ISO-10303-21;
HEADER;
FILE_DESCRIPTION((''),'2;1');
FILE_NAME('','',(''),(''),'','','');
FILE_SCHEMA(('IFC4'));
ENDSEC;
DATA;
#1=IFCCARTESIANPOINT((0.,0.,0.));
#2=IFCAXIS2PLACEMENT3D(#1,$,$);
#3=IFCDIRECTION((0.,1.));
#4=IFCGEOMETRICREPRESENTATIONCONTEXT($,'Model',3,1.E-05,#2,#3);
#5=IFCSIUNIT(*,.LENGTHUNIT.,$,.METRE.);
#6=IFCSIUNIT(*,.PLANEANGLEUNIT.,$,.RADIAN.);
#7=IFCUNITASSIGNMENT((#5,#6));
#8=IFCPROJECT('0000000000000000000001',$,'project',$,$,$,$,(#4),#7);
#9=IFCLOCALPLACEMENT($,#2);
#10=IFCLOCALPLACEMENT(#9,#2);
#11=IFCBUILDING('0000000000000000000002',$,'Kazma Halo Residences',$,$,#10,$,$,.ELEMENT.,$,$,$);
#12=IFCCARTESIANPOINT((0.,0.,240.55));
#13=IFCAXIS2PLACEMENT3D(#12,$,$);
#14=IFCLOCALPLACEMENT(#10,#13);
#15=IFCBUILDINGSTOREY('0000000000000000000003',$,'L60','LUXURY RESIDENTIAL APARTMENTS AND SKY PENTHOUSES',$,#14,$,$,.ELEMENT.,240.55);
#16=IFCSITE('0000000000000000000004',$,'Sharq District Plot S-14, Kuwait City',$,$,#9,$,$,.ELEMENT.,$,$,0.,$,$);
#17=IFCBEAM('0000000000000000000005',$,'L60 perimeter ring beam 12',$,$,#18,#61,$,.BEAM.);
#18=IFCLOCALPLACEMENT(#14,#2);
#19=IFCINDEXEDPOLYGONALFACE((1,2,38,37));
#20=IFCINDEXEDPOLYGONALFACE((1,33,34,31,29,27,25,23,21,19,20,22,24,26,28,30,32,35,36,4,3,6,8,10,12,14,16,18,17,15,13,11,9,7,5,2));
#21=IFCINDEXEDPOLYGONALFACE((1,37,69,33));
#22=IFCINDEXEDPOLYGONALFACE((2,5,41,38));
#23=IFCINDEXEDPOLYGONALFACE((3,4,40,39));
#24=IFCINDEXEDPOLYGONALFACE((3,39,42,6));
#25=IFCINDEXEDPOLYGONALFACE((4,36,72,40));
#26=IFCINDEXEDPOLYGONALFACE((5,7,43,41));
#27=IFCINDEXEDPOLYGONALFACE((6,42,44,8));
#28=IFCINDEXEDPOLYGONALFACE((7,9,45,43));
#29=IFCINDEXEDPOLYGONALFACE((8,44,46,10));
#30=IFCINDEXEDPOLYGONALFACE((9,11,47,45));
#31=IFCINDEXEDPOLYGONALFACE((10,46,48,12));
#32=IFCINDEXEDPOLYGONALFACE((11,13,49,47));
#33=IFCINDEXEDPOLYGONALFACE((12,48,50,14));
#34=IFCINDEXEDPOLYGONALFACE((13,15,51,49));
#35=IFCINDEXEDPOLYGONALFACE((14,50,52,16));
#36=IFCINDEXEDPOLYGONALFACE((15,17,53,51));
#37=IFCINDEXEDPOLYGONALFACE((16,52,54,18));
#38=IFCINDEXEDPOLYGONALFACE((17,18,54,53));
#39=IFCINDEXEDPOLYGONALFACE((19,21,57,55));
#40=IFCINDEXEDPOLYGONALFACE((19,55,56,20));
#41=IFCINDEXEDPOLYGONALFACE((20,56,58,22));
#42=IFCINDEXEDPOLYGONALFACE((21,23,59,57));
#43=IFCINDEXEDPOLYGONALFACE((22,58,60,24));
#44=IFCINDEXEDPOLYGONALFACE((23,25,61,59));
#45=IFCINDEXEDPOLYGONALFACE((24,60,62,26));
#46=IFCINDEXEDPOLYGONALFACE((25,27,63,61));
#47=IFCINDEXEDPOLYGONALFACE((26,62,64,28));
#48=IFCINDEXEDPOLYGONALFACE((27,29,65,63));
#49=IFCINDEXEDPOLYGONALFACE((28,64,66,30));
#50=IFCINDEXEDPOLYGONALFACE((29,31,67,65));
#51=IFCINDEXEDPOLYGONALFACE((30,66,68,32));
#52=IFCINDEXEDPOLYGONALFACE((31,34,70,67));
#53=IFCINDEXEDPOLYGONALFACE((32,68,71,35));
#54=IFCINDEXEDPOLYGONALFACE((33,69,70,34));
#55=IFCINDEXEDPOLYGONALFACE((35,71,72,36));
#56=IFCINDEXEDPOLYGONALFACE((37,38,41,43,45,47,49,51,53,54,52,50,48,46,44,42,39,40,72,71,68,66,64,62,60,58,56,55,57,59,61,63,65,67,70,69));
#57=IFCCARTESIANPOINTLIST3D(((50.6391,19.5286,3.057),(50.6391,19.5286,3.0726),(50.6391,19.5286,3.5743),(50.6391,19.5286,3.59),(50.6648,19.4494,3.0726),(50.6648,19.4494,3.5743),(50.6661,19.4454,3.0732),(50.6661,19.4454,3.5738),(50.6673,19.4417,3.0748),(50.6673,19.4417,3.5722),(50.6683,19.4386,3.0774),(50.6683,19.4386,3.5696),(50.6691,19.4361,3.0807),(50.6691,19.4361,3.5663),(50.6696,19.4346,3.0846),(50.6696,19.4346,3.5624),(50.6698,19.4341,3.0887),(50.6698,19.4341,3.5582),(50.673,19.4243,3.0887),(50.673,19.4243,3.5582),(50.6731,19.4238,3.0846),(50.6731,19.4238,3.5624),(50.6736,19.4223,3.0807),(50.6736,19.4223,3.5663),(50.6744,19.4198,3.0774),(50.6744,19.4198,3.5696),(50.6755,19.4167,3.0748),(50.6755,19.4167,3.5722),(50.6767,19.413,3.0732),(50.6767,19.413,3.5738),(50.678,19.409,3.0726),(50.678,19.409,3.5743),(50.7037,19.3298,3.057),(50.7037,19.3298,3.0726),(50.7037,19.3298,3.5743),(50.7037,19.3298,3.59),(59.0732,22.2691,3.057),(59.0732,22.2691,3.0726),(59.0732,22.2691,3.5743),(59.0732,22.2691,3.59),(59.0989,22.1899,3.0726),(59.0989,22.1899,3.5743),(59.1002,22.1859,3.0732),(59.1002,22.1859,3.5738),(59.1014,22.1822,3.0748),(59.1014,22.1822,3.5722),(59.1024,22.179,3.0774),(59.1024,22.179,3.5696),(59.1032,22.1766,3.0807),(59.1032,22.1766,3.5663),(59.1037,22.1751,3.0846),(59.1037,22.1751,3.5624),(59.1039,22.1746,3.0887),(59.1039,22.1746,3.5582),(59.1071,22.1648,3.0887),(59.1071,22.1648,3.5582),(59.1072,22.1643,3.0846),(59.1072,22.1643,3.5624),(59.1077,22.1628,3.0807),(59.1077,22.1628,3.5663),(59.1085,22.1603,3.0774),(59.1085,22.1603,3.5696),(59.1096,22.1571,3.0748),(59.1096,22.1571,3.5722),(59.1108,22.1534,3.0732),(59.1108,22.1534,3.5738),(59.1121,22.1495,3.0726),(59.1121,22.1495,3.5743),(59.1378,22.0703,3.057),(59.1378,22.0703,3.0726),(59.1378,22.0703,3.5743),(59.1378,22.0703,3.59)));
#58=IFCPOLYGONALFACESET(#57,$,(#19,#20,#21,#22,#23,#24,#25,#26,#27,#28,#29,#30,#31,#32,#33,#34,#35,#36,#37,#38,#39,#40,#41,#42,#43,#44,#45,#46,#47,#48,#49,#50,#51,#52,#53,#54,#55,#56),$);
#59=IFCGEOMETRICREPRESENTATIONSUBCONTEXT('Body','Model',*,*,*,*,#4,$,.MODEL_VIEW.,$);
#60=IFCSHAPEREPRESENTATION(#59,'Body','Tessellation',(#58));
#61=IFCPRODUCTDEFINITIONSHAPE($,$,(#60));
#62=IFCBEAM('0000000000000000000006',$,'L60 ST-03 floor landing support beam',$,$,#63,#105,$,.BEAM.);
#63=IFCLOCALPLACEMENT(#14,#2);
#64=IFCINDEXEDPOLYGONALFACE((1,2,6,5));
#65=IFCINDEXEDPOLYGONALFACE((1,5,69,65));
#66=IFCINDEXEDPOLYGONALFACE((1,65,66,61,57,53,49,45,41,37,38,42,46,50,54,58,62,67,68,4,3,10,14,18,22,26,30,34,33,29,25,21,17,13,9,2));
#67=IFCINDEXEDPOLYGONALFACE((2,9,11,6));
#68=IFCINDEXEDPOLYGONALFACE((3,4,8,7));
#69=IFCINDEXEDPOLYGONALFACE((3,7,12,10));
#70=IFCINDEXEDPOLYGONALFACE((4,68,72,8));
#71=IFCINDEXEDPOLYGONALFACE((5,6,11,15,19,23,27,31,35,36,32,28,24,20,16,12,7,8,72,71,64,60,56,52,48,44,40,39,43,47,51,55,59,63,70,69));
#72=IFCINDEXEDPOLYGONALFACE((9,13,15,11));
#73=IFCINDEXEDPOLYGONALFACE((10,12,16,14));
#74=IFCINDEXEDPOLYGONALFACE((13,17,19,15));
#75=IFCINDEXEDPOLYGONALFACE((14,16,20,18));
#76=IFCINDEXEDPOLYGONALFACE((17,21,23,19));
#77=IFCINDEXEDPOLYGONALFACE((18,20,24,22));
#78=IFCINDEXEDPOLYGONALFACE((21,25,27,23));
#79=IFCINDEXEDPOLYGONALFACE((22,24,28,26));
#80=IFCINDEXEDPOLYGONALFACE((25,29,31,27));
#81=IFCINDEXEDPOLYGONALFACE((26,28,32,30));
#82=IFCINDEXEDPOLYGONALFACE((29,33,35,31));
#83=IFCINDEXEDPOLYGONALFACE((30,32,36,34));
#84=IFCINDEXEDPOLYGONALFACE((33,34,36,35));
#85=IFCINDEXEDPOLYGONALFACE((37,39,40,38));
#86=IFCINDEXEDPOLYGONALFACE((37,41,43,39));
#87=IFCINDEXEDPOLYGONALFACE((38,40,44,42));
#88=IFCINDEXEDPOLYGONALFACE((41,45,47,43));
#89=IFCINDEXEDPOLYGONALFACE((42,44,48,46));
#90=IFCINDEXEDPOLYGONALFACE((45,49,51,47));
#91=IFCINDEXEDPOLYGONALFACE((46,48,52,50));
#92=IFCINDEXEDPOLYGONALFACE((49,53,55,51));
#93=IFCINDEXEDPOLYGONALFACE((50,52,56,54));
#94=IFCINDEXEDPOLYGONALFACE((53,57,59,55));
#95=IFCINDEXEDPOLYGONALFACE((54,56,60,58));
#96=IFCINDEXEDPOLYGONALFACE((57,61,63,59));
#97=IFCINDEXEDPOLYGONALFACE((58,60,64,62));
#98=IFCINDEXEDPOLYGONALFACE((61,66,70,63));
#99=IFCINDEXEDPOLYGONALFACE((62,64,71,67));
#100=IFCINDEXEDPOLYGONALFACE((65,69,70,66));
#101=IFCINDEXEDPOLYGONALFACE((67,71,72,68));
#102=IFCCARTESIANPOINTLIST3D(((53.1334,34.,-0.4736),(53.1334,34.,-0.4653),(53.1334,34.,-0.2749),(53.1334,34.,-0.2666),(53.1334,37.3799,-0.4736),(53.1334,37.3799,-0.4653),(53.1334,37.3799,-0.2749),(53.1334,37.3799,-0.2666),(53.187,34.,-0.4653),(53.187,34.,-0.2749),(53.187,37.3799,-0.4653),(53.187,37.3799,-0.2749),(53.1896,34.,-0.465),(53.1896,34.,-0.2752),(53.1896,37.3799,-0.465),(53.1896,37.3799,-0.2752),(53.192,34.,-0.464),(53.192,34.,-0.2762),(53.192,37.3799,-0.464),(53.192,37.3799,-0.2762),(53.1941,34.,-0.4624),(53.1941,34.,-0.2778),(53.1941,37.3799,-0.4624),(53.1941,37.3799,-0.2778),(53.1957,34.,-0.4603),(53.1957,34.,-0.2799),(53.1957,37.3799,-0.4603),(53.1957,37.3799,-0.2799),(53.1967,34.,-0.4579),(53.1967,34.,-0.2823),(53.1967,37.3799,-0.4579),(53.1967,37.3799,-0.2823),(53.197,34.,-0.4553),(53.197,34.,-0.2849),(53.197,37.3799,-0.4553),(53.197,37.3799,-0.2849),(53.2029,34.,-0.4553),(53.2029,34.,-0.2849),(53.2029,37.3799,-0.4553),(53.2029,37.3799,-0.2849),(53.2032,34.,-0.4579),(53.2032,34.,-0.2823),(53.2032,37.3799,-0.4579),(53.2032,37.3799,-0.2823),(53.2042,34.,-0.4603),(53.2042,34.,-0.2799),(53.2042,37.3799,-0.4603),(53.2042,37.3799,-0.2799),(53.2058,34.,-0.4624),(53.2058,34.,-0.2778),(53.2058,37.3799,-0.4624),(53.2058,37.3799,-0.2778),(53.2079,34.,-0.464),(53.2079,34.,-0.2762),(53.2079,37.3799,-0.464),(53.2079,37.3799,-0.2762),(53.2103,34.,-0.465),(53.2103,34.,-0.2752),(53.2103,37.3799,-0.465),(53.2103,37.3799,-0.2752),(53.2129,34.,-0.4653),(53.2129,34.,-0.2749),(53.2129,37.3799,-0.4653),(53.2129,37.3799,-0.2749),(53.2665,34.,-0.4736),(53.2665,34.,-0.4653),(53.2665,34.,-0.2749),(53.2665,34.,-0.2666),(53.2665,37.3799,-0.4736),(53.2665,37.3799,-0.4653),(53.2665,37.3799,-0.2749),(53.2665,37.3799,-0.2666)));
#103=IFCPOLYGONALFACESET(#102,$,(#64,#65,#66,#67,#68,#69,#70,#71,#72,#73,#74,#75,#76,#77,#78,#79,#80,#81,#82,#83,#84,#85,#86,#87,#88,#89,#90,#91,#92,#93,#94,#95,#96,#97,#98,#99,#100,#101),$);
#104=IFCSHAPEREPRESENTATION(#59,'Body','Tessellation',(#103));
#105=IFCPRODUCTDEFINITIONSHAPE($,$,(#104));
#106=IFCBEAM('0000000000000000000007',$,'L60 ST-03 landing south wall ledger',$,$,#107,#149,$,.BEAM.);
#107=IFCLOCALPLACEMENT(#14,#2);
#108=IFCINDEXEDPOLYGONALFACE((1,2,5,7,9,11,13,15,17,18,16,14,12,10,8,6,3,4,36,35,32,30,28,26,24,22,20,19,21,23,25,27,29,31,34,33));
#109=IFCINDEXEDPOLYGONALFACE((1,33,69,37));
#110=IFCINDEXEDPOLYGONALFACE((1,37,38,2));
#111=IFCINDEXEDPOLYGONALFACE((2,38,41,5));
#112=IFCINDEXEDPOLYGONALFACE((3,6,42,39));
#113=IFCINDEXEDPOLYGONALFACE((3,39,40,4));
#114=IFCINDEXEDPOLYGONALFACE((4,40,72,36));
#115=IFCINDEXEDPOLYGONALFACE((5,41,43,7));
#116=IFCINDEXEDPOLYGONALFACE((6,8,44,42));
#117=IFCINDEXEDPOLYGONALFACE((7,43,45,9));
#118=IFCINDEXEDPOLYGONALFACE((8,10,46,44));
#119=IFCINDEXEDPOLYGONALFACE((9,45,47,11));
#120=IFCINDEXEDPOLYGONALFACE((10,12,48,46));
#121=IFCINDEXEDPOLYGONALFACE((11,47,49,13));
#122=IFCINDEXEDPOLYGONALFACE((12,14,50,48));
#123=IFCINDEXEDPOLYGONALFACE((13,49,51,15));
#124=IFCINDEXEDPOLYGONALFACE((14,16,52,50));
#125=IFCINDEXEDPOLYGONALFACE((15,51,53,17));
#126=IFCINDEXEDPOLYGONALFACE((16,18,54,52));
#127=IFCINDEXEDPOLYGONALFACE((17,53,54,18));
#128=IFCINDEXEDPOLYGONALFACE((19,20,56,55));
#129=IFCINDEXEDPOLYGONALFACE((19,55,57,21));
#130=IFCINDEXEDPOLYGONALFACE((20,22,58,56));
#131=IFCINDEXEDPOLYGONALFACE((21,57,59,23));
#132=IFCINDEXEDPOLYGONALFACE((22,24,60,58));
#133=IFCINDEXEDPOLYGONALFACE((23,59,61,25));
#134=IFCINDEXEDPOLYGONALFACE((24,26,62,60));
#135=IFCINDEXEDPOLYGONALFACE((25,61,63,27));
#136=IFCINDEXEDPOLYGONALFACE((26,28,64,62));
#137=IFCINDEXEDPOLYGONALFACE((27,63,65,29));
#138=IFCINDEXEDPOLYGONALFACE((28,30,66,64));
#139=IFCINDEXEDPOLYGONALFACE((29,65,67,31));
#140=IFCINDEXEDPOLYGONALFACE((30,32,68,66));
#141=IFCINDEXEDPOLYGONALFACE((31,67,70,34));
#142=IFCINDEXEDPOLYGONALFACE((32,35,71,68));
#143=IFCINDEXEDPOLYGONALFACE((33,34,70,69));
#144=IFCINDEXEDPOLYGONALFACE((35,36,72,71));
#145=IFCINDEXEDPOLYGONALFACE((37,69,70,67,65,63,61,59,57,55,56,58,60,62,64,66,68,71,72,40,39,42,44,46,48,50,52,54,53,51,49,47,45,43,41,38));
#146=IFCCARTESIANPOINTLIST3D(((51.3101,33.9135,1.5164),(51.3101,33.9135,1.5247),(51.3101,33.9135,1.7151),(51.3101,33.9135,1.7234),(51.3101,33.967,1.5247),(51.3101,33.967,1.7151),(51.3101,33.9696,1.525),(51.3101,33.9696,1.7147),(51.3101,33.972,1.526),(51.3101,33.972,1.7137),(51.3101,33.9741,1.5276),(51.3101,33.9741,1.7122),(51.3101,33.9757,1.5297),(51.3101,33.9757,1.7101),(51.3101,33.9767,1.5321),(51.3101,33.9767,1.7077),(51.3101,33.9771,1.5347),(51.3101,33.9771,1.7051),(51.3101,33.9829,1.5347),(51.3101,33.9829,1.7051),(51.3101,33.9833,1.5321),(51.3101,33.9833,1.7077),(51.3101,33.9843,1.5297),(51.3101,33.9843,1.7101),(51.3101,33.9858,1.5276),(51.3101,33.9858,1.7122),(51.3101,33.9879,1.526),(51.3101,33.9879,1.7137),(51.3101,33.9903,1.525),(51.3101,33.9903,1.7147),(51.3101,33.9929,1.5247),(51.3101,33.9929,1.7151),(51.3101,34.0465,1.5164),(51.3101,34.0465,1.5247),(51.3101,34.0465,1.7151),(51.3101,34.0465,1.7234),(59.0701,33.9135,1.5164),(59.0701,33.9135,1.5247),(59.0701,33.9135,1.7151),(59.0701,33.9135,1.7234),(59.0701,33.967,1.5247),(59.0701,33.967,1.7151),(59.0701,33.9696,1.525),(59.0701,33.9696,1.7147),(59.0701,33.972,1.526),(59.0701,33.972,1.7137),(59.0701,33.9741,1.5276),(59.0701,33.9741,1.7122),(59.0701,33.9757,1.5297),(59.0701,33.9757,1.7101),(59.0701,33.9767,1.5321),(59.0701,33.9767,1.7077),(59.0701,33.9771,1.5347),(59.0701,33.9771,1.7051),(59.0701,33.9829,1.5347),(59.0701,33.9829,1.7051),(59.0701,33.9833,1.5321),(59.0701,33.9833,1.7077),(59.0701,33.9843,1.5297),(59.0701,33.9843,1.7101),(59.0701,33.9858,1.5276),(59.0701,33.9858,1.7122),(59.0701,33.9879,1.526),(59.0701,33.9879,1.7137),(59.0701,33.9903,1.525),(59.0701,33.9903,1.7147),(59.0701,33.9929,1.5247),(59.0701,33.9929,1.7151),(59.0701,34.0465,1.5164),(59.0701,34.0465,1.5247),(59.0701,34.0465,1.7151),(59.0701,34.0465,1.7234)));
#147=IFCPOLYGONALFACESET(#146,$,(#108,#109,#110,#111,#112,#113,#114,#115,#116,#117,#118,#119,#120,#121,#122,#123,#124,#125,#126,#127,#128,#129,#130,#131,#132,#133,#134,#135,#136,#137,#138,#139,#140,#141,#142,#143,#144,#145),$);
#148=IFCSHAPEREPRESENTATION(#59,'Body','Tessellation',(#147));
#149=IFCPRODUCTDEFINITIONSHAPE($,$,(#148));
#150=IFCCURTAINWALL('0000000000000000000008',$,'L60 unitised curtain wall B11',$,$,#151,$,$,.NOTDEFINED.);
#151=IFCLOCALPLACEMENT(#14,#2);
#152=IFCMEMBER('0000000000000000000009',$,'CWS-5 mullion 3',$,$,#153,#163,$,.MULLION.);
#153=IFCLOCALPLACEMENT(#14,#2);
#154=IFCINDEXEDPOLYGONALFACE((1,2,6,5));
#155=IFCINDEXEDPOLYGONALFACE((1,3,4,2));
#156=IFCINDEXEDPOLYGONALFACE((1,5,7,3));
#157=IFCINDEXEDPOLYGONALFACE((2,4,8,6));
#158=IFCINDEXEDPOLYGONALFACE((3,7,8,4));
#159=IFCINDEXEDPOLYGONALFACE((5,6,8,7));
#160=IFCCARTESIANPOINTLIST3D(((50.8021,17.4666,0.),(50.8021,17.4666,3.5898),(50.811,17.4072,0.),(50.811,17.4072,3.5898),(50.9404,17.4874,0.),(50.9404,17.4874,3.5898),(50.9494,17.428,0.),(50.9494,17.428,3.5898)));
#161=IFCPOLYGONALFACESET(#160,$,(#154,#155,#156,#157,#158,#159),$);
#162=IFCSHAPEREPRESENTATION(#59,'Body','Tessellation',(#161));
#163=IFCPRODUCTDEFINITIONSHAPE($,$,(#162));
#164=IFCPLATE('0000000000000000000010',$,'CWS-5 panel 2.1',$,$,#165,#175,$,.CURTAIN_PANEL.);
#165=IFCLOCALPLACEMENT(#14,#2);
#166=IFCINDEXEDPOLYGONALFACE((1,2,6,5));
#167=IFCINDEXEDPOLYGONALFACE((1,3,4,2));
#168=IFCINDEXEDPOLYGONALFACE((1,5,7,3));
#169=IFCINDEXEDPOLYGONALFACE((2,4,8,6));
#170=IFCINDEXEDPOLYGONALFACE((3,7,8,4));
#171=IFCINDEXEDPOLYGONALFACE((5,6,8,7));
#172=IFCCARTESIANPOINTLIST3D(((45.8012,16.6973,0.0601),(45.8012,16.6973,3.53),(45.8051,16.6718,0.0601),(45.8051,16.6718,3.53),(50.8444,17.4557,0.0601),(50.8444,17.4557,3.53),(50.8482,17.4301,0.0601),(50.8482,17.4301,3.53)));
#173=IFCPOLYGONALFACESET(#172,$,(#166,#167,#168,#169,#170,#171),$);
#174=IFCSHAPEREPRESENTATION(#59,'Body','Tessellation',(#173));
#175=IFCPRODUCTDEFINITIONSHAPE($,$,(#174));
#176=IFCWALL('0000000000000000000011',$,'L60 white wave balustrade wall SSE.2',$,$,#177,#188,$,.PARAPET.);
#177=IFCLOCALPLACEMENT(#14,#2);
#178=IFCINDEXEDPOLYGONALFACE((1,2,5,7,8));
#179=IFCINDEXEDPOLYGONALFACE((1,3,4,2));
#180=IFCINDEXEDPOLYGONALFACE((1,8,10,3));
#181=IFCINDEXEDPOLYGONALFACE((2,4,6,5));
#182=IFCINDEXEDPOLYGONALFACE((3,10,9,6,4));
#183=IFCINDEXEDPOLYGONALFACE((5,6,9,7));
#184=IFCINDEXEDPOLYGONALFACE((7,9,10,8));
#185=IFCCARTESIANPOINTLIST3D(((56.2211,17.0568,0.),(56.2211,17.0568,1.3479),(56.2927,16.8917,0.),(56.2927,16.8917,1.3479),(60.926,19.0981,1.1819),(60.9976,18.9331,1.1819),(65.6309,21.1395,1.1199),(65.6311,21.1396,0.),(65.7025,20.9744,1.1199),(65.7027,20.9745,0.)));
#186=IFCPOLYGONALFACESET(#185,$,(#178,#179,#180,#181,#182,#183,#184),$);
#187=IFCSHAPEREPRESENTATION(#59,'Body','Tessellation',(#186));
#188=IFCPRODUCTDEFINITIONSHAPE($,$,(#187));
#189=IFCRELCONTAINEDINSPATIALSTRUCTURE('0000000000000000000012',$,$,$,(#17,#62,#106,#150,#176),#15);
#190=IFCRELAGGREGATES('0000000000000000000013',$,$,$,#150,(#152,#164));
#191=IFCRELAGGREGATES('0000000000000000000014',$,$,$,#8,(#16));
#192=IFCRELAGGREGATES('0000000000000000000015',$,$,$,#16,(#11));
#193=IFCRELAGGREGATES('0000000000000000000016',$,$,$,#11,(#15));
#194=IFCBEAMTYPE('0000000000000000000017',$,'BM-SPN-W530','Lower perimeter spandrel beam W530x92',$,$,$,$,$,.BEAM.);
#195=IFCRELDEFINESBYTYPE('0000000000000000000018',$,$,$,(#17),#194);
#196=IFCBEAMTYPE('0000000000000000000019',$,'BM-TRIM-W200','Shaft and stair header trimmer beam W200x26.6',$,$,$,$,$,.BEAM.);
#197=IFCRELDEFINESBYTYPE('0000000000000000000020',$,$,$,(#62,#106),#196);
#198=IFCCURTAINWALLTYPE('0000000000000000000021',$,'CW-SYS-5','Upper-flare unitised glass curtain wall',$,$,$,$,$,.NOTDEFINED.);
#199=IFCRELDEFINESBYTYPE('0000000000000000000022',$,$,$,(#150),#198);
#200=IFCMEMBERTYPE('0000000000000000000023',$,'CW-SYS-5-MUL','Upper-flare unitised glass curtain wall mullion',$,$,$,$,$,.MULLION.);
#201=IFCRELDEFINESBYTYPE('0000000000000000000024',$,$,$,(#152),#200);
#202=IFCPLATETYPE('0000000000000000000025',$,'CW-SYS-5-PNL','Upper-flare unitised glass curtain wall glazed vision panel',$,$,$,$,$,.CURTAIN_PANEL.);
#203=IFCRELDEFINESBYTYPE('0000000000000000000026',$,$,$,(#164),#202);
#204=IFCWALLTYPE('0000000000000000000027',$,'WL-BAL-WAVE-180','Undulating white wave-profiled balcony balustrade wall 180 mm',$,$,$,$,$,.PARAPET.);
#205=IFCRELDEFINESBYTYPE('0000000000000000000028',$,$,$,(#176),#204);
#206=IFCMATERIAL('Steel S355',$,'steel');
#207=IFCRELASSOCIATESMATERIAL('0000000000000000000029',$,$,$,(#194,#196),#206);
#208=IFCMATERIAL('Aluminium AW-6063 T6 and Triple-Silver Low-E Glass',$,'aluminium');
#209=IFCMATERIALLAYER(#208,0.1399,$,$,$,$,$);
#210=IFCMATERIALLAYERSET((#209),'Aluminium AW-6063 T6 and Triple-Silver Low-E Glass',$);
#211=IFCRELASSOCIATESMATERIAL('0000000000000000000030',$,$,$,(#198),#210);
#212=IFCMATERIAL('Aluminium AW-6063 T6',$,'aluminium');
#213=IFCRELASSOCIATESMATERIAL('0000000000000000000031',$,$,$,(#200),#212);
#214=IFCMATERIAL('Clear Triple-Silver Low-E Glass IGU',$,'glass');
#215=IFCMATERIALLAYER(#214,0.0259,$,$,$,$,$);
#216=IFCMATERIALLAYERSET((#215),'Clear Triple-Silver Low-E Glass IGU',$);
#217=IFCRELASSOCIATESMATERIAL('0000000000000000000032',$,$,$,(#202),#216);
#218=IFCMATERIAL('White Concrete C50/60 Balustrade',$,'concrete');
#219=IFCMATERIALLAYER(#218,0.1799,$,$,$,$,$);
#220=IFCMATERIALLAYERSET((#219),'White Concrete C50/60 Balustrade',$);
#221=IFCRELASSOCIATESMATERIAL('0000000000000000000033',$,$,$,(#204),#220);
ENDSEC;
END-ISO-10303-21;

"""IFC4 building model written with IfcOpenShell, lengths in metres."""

from ifc_helpers import new_model, si_unit, direction, frame, origin, origin_2d, place, context, subcontext, project, spatial, polyline, rectangle, i_section, outline, extrude, material, layer, layer_set, material_profile, profile_set, type_object, element, aggregate, save


model = new_model("IFC4")

# Units and contexts
model_context = context("Model", 3, precision=1e-05, world=origin(), true_north=direction((0.0, 1.0)))
body_context = subcontext(model_context, "Body", "Model", "MODEL_VIEW")
ifc_project = project(units=[si_unit("LENGTHUNIT", "METRE"), si_unit("PLANEANGLEUNIT", "RADIAN")], contexts=[model_context])

# Site, building, storey
site_placement = place(None, origin())
site = spatial("IfcSite", under=ifc_project, at=site_placement, Name="Sharq District Plot S-14, Kuwait City", CompositionType="ELEMENT", RefElevation=0.0)
building_placement = place(site_placement, origin())
building = spatial("IfcBuilding", under=site, at=building_placement, Name="Kazma Halo Residences", CompositionType="ELEMENT")
storey_placement = place(building_placement, frame((0.0, 0.0, 240.55)))
storey = spatial("IfcBuildingStorey", under=building, at=storey_placement, Name="L60", Description="LUXURY RESIDENTIAL APARTMENTS AND SKY PENTHOUSES", CompositionType="ELEMENT", Elevation=240.55)

# Beams
ifc_material_1 = material(Name="Steel S355", Category="steel")
ifc_material_profile_1 = material_profile(ifc_material_1, i_section(OverallWidth=0.209, OverallDepth=0.533, WebThickness=0.0103, FlangeThickness=0.0156, FilletRadius=0.0161, at=origin_2d()), Name="W530x92")
ifc_profile_set_1 = profile_set([ifc_material_profile_1], Name="Steel S355")
beam_type_1 = type_object("IfcBeamType", Name="BM-SPN-W530", Description="Lower perimeter spandrel beam W530x92", PredefinedType="BEAM", material=ifc_profile_set_1)
beam_1_placement = place(storey_placement, frame((50.6714, 19.4292, 3.3235), z_axis=(0.951054, 0.309025, 0.0), x_axis=(-0.309025, 0.951054, 0.0)))
element("IfcBeam", 1, at=beam_1_placement, inside=storey, type_object=beam_type_1, Name="L60 perimeter ring beam 12", PredefinedType="BEAM", context=body_context, shape_type="SweptSolid", body=[
    extrude(i_section(OverallWidth=0.209, OverallDepth=0.533, WebThickness=0.0103, FlangeThickness=0.0156, FilletRadius=0.0161, at=origin_2d()), origin(), (0.0, 0.0, 1.0), 8.8682),
])
ifc_material_profile_2 = material_profile(ifc_material_1, i_section(OverallWidth=0.1331, OverallDepth=0.207, WebThickness=0.0059, FlangeThickness=0.0083, FilletRadius=0.01, at=origin_2d()), Name="W200x26.6")
ifc_profile_set_2 = profile_set([ifc_material_profile_2], Name="Steel S355")
beam_type_2 = type_object("IfcBeamType", Name="BM-TRIM-W200", Description="Shaft and stair header trimmer beam W200x26.6", PredefinedType="BEAM", material=ifc_profile_set_2)
beam_2_placement = place(storey_placement, frame((53.2, 34.0, -0.3701), z_axis=(0.0, 1.0, 0.0), x_axis=(-1.0, 0.0, 0.0)))
element("IfcBeam", 2, at=beam_2_placement, inside=storey, type_object=beam_type_2, Name="L60 ST-03 floor landing support beam", PredefinedType="BEAM", context=body_context, shape_type="SweptSolid", body=[
    extrude(i_section(OverallWidth=0.1331, OverallDepth=0.207, WebThickness=0.0059, FlangeThickness=0.0083, FilletRadius=0.01, at=origin_2d()), origin(), (0.0, 0.0, 1.0), 3.3799),
])
beam_3_placement = place(storey_placement, frame((51.3101, 33.98, 1.6199), z_axis=(1.0, 0.0, 0.0), x_axis=(0.0, 1.0, 0.0)))
element("IfcBeam", 3, at=beam_3_placement, inside=storey, type_object=beam_type_2, Name="L60 ST-03 landing south wall ledger", PredefinedType="BEAM", context=body_context, shape_type="SweptSolid", body=[
    extrude(i_section(OverallWidth=0.1331, OverallDepth=0.207, WebThickness=0.0059, FlangeThickness=0.0083, FilletRadius=0.01, at=origin_2d()), origin(), (0.0, 0.0, 1.0), 7.76),
])

# Curtain wall, member, plate
ifc_material_2 = material(Name="Aluminium AW-6063 T6 and Triple-Silver Low-E Glass", Category="aluminium")
ifc_layer_1 = layer(ifc_material_2, 0.1399)
ifc_layer_set_1 = layer_set([ifc_layer_1], Name="Aluminium AW-6063 T6 and Triple-Silver Low-E Glass")
curtain_wall_type = type_object("IfcCurtainWallType", Name="CW-SYS-5", Description="Upper-flare unitised glass curtain wall", PredefinedType="NOTDEFINED", material=ifc_layer_set_1)
curtain_wall_placement = place(storey_placement, origin())
curtain_wall = element("IfcCurtainWall", 4, at=curtain_wall_placement, inside=storey, type_object=curtain_wall_type, Name="L60 unitised curtain wall B11", PredefinedType="NOTDEFINED")
ifc_material_3 = material(Name="Aluminium AW-6063 T6", Category="aluminium")
ifc_material_profile_3 = material_profile(ifc_material_3, rectangle(XDim=0.0601, YDim=0.1399, at=origin_2d()), Name="CWM-60x140")
ifc_profile_set_3 = profile_set([ifc_material_profile_3], Name="Aluminium AW-6063 T6")
member_type = type_object("IfcMemberType", Name="CW-SYS-5-MUL", Description="Upper-flare unitised glass curtain wall mullion", PredefinedType="MULLION", material=ifc_profile_set_3)
member_placement = place(storey_placement, frame((50.8757, 17.4473, 0.0), z_axis=(0.0, 0.0, 1.0), x_axis=(-0.148697, 0.988883, 0.0)))
member = element("IfcMember", 5, at=member_placement, type_object=member_type, Name="CWS-5 mullion 3", PredefinedType="MULLION", context=body_context, shape_type="SweptSolid", body=[
    extrude(rectangle(XDim=0.0601, YDim=0.1399, at=origin_2d()), origin(), (0.0, 0.0, 1.0), 3.5898),
])
ifc_material_4 = material(Name="Clear Triple-Silver Low-E Glass IGU", Category="glass")
ifc_layer_2 = layer(ifc_material_4, 0.0259)
ifc_layer_set_2 = layer_set([ifc_layer_2], Name="Clear Triple-Silver Low-E Glass IGU")
plate_type = type_object("IfcPlateType", Name="CW-SYS-5-PNL", Description="Upper-flare unitised glass curtain wall glazed vision panel", PredefinedType="CURTAIN_PANEL", material=ifc_layer_set_2)
plate_placement = place(storey_placement, frame((48.3247, 17.0637, 0.0601), z_axis=(0.0, 0.0, 1.0), x_axis=(0.988883, 0.148697, 0.0)))
plate = element("IfcPlate", 6, at=plate_placement, type_object=plate_type, Name="CWS-5 panel 2.1", PredefinedType="CURTAIN_PANEL", context=body_context, shape_type="SweptSolid", body=[
    extrude(rectangle(XDim=5.0999, YDim=0.0259, at=origin_2d()), origin(), (0.0, 0.0, 1.0), 3.47),
])
aggregate(curtain_wall, [member, plate])

# Wall
ifc_material_5 = material(Name="White Concrete C50/60 Balustrade", Category="concrete")
ifc_layer_3 = layer(ifc_material_5, 0.1799)
ifc_layer_set_3 = layer_set([ifc_layer_3], Name="White Concrete C50/60 Balustrade")
wall_type_1 = type_object("IfcWallType", Name="WL-BAL-WAVE-180", Description="Undulating white wave-profiled balcony balustrade wall 180 mm", PredefinedType="PARAPET", material=ifc_layer_set_3)
wall_1_placement = place(storey_placement, frame((56.2568, 16.9744, 0.0), z_axis=(0.0, 0.0, 1.0), x_axis=(0.917373, 0.398029, 0.0)))
element("IfcWall", 7, at=wall_1_placement, inside=storey, type_object=wall_type_1, Name="L60 white wave balustrade wall SSE.2", PredefinedType="PARAPET", context=body_context, shape_type="SweptSolid", body=[
    extrude(outline(polyline([(0.0, 0.0), (10.2576, 0.0), (10.2573, 1.1199), (5.1287, 1.1819), (0.0, 1.3479), (0.0, 0.0)])), frame((0.0, 0.0898, 0.0), z_axis=(0.0, -1.0, 0.0), x_axis=(1.0, 0.0, 0.0)), (0.0, 0.0, 1.0), 0.1799),
])

save(model, "model.ifc")
